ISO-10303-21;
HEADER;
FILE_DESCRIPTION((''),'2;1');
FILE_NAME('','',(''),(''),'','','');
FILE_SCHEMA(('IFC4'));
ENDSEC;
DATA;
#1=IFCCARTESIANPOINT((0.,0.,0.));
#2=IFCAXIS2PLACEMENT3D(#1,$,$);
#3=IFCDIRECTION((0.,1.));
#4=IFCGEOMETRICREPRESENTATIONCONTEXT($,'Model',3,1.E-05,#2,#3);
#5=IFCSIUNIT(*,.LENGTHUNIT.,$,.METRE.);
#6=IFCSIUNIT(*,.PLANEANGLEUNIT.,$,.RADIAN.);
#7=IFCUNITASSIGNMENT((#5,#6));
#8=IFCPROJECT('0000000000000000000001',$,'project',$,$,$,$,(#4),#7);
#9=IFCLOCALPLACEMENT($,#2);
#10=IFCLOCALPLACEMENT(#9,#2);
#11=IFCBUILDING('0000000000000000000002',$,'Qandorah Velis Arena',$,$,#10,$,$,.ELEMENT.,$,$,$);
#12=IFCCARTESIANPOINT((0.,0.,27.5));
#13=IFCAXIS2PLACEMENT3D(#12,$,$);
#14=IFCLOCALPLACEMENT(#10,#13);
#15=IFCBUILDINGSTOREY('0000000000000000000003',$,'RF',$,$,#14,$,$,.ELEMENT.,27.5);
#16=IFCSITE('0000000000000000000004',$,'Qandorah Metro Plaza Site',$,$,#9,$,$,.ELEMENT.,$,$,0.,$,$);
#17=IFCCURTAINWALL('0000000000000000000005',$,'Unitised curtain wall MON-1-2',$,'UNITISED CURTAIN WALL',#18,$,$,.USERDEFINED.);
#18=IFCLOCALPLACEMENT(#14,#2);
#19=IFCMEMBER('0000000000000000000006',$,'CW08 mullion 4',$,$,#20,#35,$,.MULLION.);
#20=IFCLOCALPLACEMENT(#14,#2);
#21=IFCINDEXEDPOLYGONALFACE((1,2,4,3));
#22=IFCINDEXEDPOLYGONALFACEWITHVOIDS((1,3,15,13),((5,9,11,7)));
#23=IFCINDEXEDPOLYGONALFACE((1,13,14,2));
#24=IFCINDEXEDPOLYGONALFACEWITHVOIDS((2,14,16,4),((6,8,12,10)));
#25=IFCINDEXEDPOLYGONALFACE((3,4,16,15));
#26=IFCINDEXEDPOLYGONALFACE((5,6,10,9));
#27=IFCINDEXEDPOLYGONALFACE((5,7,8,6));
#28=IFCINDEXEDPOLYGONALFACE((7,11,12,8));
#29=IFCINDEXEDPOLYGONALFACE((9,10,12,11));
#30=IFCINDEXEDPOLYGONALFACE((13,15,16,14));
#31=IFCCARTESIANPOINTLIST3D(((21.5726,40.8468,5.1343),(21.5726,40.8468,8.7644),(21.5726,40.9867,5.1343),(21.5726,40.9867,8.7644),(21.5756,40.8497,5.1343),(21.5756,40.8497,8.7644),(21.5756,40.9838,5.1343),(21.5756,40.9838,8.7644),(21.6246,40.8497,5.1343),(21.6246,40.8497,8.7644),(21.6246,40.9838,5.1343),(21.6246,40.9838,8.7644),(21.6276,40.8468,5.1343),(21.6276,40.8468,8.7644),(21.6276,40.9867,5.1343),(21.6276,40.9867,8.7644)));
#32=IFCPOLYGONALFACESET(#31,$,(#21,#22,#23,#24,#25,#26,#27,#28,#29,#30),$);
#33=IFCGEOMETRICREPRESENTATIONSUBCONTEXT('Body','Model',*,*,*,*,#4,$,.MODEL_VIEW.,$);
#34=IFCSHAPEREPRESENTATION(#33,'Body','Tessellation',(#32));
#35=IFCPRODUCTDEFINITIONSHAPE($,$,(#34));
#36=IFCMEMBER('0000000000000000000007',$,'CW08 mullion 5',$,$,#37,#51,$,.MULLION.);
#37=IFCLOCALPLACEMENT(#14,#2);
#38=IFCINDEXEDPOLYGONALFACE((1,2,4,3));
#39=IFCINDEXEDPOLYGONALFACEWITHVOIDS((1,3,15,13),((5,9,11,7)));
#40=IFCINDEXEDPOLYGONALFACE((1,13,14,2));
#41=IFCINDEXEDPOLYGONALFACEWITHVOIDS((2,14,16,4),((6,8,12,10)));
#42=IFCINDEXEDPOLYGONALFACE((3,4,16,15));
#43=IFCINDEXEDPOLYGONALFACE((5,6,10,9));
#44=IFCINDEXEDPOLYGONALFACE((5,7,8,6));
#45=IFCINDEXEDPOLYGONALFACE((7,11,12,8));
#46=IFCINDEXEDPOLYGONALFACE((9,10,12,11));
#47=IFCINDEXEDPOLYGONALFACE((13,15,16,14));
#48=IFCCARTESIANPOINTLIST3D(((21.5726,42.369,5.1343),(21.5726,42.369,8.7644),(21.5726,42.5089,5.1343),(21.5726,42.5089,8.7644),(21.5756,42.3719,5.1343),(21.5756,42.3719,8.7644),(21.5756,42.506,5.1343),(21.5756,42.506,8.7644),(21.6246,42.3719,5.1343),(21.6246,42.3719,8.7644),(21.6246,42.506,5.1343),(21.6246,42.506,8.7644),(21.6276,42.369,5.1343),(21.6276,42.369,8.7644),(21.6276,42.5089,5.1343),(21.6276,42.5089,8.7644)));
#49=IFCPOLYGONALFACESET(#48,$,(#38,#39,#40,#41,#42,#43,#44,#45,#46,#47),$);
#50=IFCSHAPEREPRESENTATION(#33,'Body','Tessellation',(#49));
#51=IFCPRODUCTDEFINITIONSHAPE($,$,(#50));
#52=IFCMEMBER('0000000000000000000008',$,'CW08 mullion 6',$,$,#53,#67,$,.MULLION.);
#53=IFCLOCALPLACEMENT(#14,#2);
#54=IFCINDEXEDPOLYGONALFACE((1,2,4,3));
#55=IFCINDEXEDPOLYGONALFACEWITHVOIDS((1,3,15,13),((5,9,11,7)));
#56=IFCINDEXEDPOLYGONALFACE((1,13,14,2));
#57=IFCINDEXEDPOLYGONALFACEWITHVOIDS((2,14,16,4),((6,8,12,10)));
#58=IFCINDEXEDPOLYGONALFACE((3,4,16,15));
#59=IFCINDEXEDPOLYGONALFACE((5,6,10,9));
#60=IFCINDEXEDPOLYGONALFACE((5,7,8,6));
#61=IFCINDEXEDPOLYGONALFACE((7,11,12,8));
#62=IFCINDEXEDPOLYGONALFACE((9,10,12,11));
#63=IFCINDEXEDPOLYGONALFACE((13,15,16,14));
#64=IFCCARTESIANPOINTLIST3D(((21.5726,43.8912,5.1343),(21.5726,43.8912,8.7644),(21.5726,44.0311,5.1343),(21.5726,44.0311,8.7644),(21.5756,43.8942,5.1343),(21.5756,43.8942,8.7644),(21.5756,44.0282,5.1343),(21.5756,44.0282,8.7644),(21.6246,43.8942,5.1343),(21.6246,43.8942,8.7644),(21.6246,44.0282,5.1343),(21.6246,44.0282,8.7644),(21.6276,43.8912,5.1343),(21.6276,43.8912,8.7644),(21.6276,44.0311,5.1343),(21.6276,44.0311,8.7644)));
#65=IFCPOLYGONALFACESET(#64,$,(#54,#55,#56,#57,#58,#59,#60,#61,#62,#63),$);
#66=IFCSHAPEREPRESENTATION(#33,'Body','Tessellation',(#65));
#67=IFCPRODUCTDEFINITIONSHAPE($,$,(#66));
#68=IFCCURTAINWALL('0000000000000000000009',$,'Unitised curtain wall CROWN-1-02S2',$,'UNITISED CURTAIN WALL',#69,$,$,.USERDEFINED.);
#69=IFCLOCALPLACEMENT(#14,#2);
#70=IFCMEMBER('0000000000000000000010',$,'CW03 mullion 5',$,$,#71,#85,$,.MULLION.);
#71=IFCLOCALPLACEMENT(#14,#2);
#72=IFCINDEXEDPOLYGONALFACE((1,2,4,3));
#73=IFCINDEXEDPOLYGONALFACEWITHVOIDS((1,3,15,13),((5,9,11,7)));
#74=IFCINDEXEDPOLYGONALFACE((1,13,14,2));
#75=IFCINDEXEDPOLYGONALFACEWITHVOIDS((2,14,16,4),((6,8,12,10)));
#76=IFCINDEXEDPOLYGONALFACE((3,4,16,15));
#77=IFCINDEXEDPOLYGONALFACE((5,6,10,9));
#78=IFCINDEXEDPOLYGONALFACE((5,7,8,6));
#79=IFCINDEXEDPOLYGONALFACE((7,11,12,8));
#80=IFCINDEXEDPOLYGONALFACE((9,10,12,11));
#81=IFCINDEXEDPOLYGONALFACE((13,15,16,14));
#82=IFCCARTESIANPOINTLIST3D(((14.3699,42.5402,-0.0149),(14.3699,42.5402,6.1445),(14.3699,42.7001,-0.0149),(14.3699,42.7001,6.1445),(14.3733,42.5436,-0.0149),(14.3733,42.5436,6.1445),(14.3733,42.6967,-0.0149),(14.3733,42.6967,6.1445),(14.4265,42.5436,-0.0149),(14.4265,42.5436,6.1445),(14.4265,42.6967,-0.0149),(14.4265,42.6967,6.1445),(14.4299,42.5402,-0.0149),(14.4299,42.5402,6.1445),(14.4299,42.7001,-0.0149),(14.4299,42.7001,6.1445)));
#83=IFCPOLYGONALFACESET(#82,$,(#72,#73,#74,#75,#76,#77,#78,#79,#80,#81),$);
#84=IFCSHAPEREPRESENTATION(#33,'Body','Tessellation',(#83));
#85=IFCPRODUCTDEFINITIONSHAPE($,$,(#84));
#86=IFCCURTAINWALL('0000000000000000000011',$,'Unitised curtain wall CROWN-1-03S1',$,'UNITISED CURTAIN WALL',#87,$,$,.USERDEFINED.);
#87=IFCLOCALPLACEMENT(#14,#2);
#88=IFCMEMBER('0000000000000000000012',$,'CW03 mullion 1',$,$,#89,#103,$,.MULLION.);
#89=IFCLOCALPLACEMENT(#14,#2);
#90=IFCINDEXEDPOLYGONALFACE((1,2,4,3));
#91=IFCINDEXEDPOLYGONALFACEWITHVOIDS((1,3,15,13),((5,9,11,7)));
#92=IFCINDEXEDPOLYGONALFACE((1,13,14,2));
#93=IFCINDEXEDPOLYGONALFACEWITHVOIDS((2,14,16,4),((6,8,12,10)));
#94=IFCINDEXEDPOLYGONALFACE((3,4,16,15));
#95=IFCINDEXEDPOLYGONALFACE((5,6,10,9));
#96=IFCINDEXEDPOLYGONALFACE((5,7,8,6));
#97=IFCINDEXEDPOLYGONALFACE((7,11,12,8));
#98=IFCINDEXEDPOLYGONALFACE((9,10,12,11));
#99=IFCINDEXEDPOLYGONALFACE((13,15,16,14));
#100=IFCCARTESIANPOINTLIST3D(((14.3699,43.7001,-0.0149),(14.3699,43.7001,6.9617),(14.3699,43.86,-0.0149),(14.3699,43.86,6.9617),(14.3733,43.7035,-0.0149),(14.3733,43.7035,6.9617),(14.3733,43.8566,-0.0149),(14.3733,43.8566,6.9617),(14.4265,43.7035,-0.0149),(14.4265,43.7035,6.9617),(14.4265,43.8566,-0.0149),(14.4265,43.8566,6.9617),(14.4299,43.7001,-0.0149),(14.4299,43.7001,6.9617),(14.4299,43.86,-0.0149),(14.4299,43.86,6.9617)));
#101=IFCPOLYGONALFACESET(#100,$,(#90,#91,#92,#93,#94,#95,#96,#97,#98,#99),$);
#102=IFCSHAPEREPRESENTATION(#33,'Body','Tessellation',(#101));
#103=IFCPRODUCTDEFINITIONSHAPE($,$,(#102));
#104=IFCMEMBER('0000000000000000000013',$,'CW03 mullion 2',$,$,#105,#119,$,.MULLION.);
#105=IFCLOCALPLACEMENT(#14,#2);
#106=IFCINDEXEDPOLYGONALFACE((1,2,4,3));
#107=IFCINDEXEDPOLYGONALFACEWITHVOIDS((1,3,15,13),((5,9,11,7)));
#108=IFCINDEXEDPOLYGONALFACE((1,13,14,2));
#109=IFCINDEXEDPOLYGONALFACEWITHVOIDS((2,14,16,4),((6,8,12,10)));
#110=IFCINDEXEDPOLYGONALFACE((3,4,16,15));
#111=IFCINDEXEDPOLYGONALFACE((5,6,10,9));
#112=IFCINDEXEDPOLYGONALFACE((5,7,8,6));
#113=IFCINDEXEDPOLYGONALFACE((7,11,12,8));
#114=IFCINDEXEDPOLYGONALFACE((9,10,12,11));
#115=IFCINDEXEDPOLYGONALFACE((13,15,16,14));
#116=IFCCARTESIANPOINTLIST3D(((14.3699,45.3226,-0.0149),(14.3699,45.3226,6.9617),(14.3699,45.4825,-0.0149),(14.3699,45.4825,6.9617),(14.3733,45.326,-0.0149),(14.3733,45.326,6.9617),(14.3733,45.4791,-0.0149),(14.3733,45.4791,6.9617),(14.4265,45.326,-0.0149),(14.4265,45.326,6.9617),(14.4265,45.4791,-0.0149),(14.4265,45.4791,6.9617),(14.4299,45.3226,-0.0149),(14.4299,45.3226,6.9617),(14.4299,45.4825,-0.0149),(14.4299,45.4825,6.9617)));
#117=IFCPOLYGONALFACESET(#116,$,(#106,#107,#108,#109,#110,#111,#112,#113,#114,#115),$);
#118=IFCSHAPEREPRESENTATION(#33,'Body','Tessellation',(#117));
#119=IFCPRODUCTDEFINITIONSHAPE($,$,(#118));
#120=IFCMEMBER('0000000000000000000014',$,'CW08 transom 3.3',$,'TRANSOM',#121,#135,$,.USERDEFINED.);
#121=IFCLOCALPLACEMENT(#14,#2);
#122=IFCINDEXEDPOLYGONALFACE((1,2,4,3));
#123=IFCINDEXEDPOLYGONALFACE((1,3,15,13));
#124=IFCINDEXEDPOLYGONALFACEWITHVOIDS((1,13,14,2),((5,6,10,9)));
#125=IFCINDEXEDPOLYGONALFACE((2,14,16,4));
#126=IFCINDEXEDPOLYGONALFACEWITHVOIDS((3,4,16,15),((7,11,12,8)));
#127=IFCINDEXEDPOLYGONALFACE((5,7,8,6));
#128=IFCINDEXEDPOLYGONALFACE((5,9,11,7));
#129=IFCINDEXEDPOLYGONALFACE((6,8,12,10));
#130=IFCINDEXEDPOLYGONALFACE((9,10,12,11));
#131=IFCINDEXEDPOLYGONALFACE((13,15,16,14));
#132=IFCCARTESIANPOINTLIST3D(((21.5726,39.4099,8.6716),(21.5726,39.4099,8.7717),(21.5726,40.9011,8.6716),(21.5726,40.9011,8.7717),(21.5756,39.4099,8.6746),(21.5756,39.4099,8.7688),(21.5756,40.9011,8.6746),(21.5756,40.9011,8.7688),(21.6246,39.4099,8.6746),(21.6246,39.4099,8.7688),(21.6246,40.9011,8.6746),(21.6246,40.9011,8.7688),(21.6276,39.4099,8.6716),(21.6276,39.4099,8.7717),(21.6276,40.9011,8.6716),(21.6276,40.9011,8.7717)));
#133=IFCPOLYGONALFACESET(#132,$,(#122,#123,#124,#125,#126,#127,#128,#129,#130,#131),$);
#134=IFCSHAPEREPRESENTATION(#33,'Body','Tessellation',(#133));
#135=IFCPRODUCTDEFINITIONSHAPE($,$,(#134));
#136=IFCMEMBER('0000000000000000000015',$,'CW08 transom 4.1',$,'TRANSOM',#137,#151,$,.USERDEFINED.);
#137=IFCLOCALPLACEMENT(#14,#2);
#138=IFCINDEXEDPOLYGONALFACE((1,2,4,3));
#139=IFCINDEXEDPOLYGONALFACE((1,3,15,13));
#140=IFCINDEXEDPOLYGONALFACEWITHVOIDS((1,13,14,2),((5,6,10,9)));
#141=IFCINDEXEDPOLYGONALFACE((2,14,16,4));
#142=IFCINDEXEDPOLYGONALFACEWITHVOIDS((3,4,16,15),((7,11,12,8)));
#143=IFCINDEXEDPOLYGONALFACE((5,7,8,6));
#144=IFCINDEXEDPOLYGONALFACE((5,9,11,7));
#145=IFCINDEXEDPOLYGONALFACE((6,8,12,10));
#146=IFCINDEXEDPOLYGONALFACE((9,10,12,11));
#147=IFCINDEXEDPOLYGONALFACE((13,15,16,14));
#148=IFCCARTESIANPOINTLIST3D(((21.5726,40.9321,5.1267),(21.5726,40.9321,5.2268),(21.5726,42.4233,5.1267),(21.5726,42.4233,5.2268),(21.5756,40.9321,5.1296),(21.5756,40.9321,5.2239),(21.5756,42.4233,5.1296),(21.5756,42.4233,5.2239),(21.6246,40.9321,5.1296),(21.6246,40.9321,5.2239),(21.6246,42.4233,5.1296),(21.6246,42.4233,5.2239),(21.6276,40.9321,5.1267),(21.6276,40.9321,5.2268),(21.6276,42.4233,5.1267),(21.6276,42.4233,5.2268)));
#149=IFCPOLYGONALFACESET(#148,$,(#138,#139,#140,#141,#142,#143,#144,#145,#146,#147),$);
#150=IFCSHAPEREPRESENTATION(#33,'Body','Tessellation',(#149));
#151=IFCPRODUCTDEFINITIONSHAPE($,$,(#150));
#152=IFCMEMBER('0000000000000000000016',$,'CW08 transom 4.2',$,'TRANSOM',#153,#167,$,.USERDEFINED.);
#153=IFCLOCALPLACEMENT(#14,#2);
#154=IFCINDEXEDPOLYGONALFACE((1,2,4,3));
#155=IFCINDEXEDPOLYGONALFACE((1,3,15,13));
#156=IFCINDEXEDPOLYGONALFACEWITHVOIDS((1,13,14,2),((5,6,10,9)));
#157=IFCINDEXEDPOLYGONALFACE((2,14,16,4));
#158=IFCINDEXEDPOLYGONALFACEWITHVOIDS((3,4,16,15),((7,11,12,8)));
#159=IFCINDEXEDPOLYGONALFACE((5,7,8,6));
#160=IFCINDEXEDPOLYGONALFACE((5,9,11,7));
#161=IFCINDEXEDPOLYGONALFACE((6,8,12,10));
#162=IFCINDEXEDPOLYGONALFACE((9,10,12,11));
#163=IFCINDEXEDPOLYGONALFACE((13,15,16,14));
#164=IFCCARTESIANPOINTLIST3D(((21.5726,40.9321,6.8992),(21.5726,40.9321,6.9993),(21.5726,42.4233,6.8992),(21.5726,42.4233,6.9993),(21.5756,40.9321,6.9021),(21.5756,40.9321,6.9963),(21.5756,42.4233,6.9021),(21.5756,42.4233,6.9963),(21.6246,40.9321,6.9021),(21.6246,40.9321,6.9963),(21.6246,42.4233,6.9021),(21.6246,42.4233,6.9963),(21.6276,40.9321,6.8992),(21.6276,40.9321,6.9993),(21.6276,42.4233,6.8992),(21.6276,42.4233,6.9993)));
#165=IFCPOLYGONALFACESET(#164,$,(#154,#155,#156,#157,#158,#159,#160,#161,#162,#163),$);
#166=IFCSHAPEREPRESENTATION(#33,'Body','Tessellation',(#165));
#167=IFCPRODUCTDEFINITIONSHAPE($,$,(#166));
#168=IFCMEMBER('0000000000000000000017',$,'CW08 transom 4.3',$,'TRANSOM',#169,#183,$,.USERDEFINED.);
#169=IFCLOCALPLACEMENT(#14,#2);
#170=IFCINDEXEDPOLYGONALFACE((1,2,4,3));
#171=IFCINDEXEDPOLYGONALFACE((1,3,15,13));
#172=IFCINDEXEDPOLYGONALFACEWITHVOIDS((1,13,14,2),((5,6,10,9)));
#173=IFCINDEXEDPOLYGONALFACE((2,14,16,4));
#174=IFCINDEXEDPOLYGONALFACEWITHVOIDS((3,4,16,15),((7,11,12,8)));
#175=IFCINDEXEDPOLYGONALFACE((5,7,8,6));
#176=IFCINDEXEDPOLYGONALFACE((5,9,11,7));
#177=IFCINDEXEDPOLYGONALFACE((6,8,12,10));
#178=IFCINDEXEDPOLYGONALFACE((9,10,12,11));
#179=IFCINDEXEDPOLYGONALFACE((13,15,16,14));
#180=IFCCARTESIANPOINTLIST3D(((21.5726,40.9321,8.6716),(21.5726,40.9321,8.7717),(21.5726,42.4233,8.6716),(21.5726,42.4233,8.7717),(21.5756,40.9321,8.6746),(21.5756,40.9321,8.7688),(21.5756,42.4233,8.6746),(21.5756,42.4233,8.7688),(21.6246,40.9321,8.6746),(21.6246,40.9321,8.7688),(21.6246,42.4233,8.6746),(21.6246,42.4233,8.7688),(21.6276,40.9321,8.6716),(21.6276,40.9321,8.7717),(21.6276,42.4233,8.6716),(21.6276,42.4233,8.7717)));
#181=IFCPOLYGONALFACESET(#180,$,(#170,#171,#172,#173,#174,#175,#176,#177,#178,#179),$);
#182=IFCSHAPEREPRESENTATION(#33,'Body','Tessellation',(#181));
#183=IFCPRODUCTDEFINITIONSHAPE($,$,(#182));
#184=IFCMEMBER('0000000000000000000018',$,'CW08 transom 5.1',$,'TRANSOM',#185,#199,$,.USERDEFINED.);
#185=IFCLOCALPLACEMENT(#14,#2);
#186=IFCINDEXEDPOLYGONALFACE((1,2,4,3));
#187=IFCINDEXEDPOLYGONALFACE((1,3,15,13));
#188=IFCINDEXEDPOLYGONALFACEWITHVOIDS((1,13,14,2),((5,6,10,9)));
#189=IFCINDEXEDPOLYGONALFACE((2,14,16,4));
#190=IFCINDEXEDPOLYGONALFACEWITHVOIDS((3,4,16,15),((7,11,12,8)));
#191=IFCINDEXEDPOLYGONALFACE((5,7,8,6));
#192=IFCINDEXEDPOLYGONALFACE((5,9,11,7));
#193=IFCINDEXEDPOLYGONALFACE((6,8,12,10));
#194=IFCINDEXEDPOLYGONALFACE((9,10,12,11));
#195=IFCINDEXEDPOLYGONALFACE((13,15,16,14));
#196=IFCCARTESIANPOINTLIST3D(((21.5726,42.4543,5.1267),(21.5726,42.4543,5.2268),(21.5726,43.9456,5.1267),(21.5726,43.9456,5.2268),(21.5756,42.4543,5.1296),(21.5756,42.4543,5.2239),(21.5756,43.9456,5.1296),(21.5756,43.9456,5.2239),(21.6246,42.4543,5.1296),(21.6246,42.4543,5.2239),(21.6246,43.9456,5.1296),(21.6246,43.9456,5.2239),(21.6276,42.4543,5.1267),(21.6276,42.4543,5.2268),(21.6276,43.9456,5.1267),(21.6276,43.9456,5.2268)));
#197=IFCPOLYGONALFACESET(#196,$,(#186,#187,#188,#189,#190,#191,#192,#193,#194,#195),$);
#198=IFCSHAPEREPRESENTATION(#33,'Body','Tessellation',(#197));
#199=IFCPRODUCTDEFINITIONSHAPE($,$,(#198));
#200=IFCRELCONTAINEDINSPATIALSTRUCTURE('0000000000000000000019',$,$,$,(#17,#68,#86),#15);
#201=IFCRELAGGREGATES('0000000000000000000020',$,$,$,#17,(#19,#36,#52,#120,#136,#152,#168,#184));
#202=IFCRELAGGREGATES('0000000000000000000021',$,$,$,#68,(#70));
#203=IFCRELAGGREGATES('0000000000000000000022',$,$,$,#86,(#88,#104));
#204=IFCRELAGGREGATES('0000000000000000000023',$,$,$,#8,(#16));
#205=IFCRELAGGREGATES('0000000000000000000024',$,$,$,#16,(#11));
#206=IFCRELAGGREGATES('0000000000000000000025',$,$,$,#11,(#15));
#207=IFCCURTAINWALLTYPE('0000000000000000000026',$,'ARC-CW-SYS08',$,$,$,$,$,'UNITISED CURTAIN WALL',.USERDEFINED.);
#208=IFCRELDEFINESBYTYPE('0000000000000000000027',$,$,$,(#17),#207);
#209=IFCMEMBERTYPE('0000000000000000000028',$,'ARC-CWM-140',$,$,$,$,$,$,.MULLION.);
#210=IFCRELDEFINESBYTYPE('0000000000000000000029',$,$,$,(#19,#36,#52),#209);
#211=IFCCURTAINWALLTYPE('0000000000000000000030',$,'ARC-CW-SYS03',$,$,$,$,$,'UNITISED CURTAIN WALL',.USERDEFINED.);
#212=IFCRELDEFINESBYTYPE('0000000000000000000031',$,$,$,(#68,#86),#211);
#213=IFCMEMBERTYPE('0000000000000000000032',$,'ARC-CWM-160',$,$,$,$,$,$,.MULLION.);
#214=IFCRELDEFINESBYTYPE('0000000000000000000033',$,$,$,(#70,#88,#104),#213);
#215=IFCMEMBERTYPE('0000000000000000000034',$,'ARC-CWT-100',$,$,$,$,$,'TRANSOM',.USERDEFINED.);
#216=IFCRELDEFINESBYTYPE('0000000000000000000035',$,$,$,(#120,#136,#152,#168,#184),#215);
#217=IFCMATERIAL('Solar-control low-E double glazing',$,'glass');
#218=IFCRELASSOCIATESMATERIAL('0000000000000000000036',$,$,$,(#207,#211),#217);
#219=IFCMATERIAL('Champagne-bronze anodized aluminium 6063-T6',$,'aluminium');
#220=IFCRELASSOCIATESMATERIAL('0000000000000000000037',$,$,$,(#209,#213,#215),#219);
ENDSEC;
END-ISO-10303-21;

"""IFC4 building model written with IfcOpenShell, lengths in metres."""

from ifc_helpers import new_model, si_unit, direction, frame, origin, origin_2d, place, context, subcontext, project, spatial, hollow_rectangle, extrude, material, material_profile, profile_set, type_object, element, aggregate, save


model = new_model("IFC4")

# Units and contexts
model_context = context("Model", 3, precision=1e-05, world=origin(), true_north=direction((0.0, 1.0)))
body_context = subcontext(model_context, "Body", "Model", "MODEL_VIEW")
ifc_project = project(units=[si_unit("LENGTHUNIT", "METRE"), si_unit("PLANEANGLEUNIT", "RADIAN")], contexts=[model_context])

# Site, building, storey
site_placement = place(None, origin())
site = spatial("IfcSite", under=ifc_project, at=site_placement, Name="Qandorah Metro Plaza Site", CompositionType="ELEMENT", RefElevation=0.0)
building_placement = place(site_placement, origin())
building = spatial("IfcBuilding", under=site, at=building_placement, Name="Qandorah Velis Arena", CompositionType="ELEMENT")
storey_placement = place(building_placement, frame((0.0, 0.0, 27.5)))
storey = spatial("IfcBuildingStorey", under=building, at=storey_placement, Name="RF", CompositionType="ELEMENT", Elevation=27.5)

# Curtain wall, members
ifc_material_1 = material(Name="Solar-control low-E double glazing", Category="glass")
curtain_wall_type_1 = type_object("IfcCurtainWallType", Name="ARC-CW-SYS08", ElementType="UNITISED CURTAIN WALL", PredefinedType="USERDEFINED", material=ifc_material_1)
curtain_wall_1_placement = place(storey_placement, origin())
curtain_wall_1 = element("IfcCurtainWall", 1, at=curtain_wall_1_placement, inside=storey, type_object=curtain_wall_type_1, Name="Unitised curtain wall MON-1-2", ObjectType="UNITISED CURTAIN WALL", PredefinedType="USERDEFINED")
ifc_material_2 = material(Name="Champagne-bronze anodized aluminium 6063-T6", Category="aluminium")
ifc_material_profile_1 = material_profile(ifc_material_2, hollow_rectangle(XDim=0.0549, YDim=0.1399, WallThickness=0.0029, at=origin_2d()), Name="ALU MULLION 55x140")
ifc_profile_set_1 = profile_set([ifc_material_profile_1], Name="Champagne-bronze anodized aluminium 6063-T6")
member_type_1 = type_object("IfcMemberType", Name="ARC-CWM-140", PredefinedType="MULLION", material=ifc_profile_set_1)
member_1_placement = place(storey_placement, frame((21.6001, 40.9167, 5.1343), z_axis=(0.0, 0.0, 1.0), x_axis=(-1.0, 0.0, 0.0)))
member_1 = element("IfcMember", 2, at=member_1_placement, type_object=member_type_1, Name="CW08 mullion 4", PredefinedType="MULLION", context=body_context, shape_type="SweptSolid", body=[
    extrude(hollow_rectangle(XDim=0.0549, YDim=0.1399, WallThickness=0.0029, at=origin_2d()), origin(), (0.0, 0.0, 1.0), 3.6301),
])
member_2_placement = place(storey_placement, frame((21.6001, 42.439, 5.1343), z_axis=(0.0, 0.0, 1.0), x_axis=(-1.0, 0.0, 0.0)))
member_2 = element("IfcMember", 3, at=member_2_placement, type_object=member_type_1, Name="CW08 mullion 5", PredefinedType="MULLION", context=body_context, shape_type="SweptSolid", body=[
    extrude(hollow_rectangle(XDim=0.0549, YDim=0.1399, WallThickness=0.0029, at=origin_2d()), origin(), (0.0, 0.0, 1.0), 3.6301),
])
member_3_placement = place(storey_placement, frame((21.6001, 43.9612, 5.1343), z_axis=(0.0, 0.0, 1.0), x_axis=(-1.0, 0.0, 0.0)))
member_3 = element("IfcMember", 4, at=member_3_placement, type_object=member_type_1, Name="CW08 mullion 6", PredefinedType="MULLION", context=body_context, shape_type="SweptSolid", body=[
    extrude(hollow_rectangle(XDim=0.0549, YDim=0.1399, WallThickness=0.0029, at=origin_2d()), origin(), (0.0, 0.0, 1.0), 3.6301),
])

# Curtain wall, member
curtain_wall_type_2 = type_object("IfcCurtainWallType", Name="ARC-CW-SYS03", ElementType="UNITISED CURTAIN WALL", PredefinedType="USERDEFINED", material=ifc_material_1)
curtain_wall_2_placement = place(storey_placement, origin())
curtain_wall_2 = element("IfcCurtainWall", 5, at=curtain_wall_2_placement, inside=storey, type_object=curtain_wall_type_2, Name="Unitised curtain wall CROWN-1-02S2", ObjectType="UNITISED CURTAIN WALL", PredefinedType="USERDEFINED")
ifc_material_profile_2 = material_profile(ifc_material_2, hollow_rectangle(XDim=0.0601, YDim=0.1599, WallThickness=0.0034, at=origin_2d()), Name="ALU MULLION 60x160")
ifc_profile_set_2 = profile_set([ifc_material_profile_2], Name="Champagne-bronze anodized aluminium 6063-T6")
member_type_2 = type_object("IfcMemberType", Name="ARC-CWM-160", PredefinedType="MULLION", material=ifc_profile_set_2)
member_4_placement = place(storey_placement, frame((14.3999, 42.6201, -0.0149), z_axis=(0.0, 0.0, 1.0), x_axis=(-1.0, 0.0, 0.0)))
member_4 = element("IfcMember", 6, at=member_4_placement, type_object=member_type_2, Name="CW03 mullion 5", PredefinedType="MULLION", context=body_context, shape_type="SweptSolid", body=[
    extrude(hollow_rectangle(XDim=0.0601, YDim=0.1599, WallThickness=0.0034, at=origin_2d()), origin(), (0.0, 0.0, 1.0), 6.1594),
])

# Curtain wall, members
curtain_wall_3_placement = place(storey_placement, origin())
curtain_wall_3 = element("IfcCurtainWall", 7, at=curtain_wall_3_placement, inside=storey, type_object=curtain_wall_type_2, Name="Unitised curtain wall CROWN-1-03S1", ObjectType="UNITISED CURTAIN WALL", PredefinedType="USERDEFINED")
member_5_placement = place(storey_placement, frame((14.3999, 43.78, -0.0149), z_axis=(0.0, 0.0, 1.0), x_axis=(-1.0, 0.0, 0.0)))
member_5 = element("IfcMember", 8, at=member_5_placement, type_object=member_type_2, Name="CW03 mullion 1", PredefinedType="MULLION", context=body_context, shape_type="SweptSolid", body=[
    extrude(hollow_rectangle(XDim=0.0601, YDim=0.1599, WallThickness=0.0034, at=origin_2d()), origin(), (0.0, 0.0, 1.0), 6.9766),
])
member_6_placement = place(storey_placement, frame((14.3999, 45.4026, -0.0149), z_axis=(0.0, 0.0, 1.0), x_axis=(-1.0, 0.0, 0.0)))
member_6 = element("IfcMember", 9, at=member_6_placement, type_object=member_type_2, Name="CW03 mullion 2", PredefinedType="MULLION", context=body_context, shape_type="SweptSolid", body=[
    extrude(hollow_rectangle(XDim=0.0601, YDim=0.1599, WallThickness=0.0034, at=origin_2d()), origin(), (0.0, 0.0, 1.0), 6.9766),
])

# Members
ifc_material_profile_3 = material_profile(ifc_material_2, hollow_rectangle(XDim=0.0549, YDim=0.1001, WallThickness=0.0029, at=origin_2d()), Name="ALU TRANSOM 55x100")
ifc_profile_set_3 = profile_set([ifc_material_profile_3], Name="Champagne-bronze anodized aluminium 6063-T6")
member_type_3 = type_object("IfcMemberType", Name="ARC-CWT-100", ElementType="TRANSOM", PredefinedType="USERDEFINED", material=ifc_profile_set_3)
member_7_placement = place(storey_placement, frame((21.6001, 39.4099, 8.7217), z_axis=(0.0, 1.0, 0.0), x_axis=(-1.0, 0.0, 0.0)))
member_7 = element("IfcMember", 10, at=member_7_placement, type_object=member_type_3, Name="CW08 transom 3.3", ObjectType="TRANSOM", PredefinedType="USERDEFINED", context=body_context, shape_type="SweptSolid", body=[
    extrude(hollow_rectangle(XDim=0.0549, YDim=0.1001, WallThickness=0.0029, at=origin_2d()), origin(), (0.0, 0.0, 1.0), 1.4912),
])
member_8_placement = place(storey_placement, frame((21.6001, 40.9321, 5.1768), z_axis=(0.0, 1.0, 0.0), x_axis=(-1.0, 0.0, 0.0)))
member_8 = element("IfcMember", 11, at=member_8_placement, type_object=member_type_3, Name="CW08 transom 4.1", ObjectType="TRANSOM", PredefinedType="USERDEFINED", context=body_context, shape_type="SweptSolid", body=[
    extrude(hollow_rectangle(XDim=0.0549, YDim=0.1001, WallThickness=0.0029, at=origin_2d()), origin(), (0.0, 0.0, 1.0), 1.4912),
])
member_9_placement = place(storey_placement, frame((21.6001, 40.9321, 6.9492), z_axis=(0.0, 1.0, 0.0), x_axis=(-1.0, 0.0, 0.0)))
member_9 = element("IfcMember", 12, at=member_9_placement, type_object=member_type_3, Name="CW08 transom 4.2", ObjectType="TRANSOM", PredefinedType="USERDEFINED", context=body_context, shape_type="SweptSolid", body=[
    extrude(hollow_rectangle(XDim=0.0549, YDim=0.1001, WallThickness=0.0029, at=origin_2d()), origin(), (0.0, 0.0, 1.0), 1.4912),
])
member_10_placement = place(storey_placement, frame((21.6001, 40.9321, 8.7217), z_axis=(0.0, 1.0, 0.0), x_axis=(-1.0, 0.0, 0.0)))
member_10 = element("IfcMember", 13, at=member_10_placement, type_object=member_type_3, Name="CW08 transom 4.3", ObjectType="TRANSOM", PredefinedType="USERDEFINED", context=body_context, shape_type="SweptSolid", body=[
    extrude(hollow_rectangle(XDim=0.0549, YDim=0.1001, WallThickness=0.0029, at=origin_2d()), origin(), (0.0, 0.0, 1.0), 1.4912),
])
member_11_placement = place(storey_placement, frame((21.6001, 42.4543, 5.1768), z_axis=(0.0, 1.0, 0.0), x_axis=(-1.0, 0.0, 0.0)))
member_11 = element("IfcMember", 14, at=member_11_placement, type_object=member_type_3, Name="CW08 transom 5.1", ObjectType="TRANSOM", PredefinedType="USERDEFINED", context=body_context, shape_type="SweptSolid", body=[
    extrude(hollow_rectangle(XDim=0.0549, YDim=0.1001, WallThickness=0.0029, at=origin_2d()), origin(), (0.0, 0.0, 1.0), 1.4912),
])

aggregate(curtain_wall_1, [member_1, member_2, member_3, member_7, member_8, member_9, member_10, member_11])
aggregate(curtain_wall_2, [member_4])
aggregate(curtain_wall_3, [member_5, member_6])

save(model, "model.ifc")
